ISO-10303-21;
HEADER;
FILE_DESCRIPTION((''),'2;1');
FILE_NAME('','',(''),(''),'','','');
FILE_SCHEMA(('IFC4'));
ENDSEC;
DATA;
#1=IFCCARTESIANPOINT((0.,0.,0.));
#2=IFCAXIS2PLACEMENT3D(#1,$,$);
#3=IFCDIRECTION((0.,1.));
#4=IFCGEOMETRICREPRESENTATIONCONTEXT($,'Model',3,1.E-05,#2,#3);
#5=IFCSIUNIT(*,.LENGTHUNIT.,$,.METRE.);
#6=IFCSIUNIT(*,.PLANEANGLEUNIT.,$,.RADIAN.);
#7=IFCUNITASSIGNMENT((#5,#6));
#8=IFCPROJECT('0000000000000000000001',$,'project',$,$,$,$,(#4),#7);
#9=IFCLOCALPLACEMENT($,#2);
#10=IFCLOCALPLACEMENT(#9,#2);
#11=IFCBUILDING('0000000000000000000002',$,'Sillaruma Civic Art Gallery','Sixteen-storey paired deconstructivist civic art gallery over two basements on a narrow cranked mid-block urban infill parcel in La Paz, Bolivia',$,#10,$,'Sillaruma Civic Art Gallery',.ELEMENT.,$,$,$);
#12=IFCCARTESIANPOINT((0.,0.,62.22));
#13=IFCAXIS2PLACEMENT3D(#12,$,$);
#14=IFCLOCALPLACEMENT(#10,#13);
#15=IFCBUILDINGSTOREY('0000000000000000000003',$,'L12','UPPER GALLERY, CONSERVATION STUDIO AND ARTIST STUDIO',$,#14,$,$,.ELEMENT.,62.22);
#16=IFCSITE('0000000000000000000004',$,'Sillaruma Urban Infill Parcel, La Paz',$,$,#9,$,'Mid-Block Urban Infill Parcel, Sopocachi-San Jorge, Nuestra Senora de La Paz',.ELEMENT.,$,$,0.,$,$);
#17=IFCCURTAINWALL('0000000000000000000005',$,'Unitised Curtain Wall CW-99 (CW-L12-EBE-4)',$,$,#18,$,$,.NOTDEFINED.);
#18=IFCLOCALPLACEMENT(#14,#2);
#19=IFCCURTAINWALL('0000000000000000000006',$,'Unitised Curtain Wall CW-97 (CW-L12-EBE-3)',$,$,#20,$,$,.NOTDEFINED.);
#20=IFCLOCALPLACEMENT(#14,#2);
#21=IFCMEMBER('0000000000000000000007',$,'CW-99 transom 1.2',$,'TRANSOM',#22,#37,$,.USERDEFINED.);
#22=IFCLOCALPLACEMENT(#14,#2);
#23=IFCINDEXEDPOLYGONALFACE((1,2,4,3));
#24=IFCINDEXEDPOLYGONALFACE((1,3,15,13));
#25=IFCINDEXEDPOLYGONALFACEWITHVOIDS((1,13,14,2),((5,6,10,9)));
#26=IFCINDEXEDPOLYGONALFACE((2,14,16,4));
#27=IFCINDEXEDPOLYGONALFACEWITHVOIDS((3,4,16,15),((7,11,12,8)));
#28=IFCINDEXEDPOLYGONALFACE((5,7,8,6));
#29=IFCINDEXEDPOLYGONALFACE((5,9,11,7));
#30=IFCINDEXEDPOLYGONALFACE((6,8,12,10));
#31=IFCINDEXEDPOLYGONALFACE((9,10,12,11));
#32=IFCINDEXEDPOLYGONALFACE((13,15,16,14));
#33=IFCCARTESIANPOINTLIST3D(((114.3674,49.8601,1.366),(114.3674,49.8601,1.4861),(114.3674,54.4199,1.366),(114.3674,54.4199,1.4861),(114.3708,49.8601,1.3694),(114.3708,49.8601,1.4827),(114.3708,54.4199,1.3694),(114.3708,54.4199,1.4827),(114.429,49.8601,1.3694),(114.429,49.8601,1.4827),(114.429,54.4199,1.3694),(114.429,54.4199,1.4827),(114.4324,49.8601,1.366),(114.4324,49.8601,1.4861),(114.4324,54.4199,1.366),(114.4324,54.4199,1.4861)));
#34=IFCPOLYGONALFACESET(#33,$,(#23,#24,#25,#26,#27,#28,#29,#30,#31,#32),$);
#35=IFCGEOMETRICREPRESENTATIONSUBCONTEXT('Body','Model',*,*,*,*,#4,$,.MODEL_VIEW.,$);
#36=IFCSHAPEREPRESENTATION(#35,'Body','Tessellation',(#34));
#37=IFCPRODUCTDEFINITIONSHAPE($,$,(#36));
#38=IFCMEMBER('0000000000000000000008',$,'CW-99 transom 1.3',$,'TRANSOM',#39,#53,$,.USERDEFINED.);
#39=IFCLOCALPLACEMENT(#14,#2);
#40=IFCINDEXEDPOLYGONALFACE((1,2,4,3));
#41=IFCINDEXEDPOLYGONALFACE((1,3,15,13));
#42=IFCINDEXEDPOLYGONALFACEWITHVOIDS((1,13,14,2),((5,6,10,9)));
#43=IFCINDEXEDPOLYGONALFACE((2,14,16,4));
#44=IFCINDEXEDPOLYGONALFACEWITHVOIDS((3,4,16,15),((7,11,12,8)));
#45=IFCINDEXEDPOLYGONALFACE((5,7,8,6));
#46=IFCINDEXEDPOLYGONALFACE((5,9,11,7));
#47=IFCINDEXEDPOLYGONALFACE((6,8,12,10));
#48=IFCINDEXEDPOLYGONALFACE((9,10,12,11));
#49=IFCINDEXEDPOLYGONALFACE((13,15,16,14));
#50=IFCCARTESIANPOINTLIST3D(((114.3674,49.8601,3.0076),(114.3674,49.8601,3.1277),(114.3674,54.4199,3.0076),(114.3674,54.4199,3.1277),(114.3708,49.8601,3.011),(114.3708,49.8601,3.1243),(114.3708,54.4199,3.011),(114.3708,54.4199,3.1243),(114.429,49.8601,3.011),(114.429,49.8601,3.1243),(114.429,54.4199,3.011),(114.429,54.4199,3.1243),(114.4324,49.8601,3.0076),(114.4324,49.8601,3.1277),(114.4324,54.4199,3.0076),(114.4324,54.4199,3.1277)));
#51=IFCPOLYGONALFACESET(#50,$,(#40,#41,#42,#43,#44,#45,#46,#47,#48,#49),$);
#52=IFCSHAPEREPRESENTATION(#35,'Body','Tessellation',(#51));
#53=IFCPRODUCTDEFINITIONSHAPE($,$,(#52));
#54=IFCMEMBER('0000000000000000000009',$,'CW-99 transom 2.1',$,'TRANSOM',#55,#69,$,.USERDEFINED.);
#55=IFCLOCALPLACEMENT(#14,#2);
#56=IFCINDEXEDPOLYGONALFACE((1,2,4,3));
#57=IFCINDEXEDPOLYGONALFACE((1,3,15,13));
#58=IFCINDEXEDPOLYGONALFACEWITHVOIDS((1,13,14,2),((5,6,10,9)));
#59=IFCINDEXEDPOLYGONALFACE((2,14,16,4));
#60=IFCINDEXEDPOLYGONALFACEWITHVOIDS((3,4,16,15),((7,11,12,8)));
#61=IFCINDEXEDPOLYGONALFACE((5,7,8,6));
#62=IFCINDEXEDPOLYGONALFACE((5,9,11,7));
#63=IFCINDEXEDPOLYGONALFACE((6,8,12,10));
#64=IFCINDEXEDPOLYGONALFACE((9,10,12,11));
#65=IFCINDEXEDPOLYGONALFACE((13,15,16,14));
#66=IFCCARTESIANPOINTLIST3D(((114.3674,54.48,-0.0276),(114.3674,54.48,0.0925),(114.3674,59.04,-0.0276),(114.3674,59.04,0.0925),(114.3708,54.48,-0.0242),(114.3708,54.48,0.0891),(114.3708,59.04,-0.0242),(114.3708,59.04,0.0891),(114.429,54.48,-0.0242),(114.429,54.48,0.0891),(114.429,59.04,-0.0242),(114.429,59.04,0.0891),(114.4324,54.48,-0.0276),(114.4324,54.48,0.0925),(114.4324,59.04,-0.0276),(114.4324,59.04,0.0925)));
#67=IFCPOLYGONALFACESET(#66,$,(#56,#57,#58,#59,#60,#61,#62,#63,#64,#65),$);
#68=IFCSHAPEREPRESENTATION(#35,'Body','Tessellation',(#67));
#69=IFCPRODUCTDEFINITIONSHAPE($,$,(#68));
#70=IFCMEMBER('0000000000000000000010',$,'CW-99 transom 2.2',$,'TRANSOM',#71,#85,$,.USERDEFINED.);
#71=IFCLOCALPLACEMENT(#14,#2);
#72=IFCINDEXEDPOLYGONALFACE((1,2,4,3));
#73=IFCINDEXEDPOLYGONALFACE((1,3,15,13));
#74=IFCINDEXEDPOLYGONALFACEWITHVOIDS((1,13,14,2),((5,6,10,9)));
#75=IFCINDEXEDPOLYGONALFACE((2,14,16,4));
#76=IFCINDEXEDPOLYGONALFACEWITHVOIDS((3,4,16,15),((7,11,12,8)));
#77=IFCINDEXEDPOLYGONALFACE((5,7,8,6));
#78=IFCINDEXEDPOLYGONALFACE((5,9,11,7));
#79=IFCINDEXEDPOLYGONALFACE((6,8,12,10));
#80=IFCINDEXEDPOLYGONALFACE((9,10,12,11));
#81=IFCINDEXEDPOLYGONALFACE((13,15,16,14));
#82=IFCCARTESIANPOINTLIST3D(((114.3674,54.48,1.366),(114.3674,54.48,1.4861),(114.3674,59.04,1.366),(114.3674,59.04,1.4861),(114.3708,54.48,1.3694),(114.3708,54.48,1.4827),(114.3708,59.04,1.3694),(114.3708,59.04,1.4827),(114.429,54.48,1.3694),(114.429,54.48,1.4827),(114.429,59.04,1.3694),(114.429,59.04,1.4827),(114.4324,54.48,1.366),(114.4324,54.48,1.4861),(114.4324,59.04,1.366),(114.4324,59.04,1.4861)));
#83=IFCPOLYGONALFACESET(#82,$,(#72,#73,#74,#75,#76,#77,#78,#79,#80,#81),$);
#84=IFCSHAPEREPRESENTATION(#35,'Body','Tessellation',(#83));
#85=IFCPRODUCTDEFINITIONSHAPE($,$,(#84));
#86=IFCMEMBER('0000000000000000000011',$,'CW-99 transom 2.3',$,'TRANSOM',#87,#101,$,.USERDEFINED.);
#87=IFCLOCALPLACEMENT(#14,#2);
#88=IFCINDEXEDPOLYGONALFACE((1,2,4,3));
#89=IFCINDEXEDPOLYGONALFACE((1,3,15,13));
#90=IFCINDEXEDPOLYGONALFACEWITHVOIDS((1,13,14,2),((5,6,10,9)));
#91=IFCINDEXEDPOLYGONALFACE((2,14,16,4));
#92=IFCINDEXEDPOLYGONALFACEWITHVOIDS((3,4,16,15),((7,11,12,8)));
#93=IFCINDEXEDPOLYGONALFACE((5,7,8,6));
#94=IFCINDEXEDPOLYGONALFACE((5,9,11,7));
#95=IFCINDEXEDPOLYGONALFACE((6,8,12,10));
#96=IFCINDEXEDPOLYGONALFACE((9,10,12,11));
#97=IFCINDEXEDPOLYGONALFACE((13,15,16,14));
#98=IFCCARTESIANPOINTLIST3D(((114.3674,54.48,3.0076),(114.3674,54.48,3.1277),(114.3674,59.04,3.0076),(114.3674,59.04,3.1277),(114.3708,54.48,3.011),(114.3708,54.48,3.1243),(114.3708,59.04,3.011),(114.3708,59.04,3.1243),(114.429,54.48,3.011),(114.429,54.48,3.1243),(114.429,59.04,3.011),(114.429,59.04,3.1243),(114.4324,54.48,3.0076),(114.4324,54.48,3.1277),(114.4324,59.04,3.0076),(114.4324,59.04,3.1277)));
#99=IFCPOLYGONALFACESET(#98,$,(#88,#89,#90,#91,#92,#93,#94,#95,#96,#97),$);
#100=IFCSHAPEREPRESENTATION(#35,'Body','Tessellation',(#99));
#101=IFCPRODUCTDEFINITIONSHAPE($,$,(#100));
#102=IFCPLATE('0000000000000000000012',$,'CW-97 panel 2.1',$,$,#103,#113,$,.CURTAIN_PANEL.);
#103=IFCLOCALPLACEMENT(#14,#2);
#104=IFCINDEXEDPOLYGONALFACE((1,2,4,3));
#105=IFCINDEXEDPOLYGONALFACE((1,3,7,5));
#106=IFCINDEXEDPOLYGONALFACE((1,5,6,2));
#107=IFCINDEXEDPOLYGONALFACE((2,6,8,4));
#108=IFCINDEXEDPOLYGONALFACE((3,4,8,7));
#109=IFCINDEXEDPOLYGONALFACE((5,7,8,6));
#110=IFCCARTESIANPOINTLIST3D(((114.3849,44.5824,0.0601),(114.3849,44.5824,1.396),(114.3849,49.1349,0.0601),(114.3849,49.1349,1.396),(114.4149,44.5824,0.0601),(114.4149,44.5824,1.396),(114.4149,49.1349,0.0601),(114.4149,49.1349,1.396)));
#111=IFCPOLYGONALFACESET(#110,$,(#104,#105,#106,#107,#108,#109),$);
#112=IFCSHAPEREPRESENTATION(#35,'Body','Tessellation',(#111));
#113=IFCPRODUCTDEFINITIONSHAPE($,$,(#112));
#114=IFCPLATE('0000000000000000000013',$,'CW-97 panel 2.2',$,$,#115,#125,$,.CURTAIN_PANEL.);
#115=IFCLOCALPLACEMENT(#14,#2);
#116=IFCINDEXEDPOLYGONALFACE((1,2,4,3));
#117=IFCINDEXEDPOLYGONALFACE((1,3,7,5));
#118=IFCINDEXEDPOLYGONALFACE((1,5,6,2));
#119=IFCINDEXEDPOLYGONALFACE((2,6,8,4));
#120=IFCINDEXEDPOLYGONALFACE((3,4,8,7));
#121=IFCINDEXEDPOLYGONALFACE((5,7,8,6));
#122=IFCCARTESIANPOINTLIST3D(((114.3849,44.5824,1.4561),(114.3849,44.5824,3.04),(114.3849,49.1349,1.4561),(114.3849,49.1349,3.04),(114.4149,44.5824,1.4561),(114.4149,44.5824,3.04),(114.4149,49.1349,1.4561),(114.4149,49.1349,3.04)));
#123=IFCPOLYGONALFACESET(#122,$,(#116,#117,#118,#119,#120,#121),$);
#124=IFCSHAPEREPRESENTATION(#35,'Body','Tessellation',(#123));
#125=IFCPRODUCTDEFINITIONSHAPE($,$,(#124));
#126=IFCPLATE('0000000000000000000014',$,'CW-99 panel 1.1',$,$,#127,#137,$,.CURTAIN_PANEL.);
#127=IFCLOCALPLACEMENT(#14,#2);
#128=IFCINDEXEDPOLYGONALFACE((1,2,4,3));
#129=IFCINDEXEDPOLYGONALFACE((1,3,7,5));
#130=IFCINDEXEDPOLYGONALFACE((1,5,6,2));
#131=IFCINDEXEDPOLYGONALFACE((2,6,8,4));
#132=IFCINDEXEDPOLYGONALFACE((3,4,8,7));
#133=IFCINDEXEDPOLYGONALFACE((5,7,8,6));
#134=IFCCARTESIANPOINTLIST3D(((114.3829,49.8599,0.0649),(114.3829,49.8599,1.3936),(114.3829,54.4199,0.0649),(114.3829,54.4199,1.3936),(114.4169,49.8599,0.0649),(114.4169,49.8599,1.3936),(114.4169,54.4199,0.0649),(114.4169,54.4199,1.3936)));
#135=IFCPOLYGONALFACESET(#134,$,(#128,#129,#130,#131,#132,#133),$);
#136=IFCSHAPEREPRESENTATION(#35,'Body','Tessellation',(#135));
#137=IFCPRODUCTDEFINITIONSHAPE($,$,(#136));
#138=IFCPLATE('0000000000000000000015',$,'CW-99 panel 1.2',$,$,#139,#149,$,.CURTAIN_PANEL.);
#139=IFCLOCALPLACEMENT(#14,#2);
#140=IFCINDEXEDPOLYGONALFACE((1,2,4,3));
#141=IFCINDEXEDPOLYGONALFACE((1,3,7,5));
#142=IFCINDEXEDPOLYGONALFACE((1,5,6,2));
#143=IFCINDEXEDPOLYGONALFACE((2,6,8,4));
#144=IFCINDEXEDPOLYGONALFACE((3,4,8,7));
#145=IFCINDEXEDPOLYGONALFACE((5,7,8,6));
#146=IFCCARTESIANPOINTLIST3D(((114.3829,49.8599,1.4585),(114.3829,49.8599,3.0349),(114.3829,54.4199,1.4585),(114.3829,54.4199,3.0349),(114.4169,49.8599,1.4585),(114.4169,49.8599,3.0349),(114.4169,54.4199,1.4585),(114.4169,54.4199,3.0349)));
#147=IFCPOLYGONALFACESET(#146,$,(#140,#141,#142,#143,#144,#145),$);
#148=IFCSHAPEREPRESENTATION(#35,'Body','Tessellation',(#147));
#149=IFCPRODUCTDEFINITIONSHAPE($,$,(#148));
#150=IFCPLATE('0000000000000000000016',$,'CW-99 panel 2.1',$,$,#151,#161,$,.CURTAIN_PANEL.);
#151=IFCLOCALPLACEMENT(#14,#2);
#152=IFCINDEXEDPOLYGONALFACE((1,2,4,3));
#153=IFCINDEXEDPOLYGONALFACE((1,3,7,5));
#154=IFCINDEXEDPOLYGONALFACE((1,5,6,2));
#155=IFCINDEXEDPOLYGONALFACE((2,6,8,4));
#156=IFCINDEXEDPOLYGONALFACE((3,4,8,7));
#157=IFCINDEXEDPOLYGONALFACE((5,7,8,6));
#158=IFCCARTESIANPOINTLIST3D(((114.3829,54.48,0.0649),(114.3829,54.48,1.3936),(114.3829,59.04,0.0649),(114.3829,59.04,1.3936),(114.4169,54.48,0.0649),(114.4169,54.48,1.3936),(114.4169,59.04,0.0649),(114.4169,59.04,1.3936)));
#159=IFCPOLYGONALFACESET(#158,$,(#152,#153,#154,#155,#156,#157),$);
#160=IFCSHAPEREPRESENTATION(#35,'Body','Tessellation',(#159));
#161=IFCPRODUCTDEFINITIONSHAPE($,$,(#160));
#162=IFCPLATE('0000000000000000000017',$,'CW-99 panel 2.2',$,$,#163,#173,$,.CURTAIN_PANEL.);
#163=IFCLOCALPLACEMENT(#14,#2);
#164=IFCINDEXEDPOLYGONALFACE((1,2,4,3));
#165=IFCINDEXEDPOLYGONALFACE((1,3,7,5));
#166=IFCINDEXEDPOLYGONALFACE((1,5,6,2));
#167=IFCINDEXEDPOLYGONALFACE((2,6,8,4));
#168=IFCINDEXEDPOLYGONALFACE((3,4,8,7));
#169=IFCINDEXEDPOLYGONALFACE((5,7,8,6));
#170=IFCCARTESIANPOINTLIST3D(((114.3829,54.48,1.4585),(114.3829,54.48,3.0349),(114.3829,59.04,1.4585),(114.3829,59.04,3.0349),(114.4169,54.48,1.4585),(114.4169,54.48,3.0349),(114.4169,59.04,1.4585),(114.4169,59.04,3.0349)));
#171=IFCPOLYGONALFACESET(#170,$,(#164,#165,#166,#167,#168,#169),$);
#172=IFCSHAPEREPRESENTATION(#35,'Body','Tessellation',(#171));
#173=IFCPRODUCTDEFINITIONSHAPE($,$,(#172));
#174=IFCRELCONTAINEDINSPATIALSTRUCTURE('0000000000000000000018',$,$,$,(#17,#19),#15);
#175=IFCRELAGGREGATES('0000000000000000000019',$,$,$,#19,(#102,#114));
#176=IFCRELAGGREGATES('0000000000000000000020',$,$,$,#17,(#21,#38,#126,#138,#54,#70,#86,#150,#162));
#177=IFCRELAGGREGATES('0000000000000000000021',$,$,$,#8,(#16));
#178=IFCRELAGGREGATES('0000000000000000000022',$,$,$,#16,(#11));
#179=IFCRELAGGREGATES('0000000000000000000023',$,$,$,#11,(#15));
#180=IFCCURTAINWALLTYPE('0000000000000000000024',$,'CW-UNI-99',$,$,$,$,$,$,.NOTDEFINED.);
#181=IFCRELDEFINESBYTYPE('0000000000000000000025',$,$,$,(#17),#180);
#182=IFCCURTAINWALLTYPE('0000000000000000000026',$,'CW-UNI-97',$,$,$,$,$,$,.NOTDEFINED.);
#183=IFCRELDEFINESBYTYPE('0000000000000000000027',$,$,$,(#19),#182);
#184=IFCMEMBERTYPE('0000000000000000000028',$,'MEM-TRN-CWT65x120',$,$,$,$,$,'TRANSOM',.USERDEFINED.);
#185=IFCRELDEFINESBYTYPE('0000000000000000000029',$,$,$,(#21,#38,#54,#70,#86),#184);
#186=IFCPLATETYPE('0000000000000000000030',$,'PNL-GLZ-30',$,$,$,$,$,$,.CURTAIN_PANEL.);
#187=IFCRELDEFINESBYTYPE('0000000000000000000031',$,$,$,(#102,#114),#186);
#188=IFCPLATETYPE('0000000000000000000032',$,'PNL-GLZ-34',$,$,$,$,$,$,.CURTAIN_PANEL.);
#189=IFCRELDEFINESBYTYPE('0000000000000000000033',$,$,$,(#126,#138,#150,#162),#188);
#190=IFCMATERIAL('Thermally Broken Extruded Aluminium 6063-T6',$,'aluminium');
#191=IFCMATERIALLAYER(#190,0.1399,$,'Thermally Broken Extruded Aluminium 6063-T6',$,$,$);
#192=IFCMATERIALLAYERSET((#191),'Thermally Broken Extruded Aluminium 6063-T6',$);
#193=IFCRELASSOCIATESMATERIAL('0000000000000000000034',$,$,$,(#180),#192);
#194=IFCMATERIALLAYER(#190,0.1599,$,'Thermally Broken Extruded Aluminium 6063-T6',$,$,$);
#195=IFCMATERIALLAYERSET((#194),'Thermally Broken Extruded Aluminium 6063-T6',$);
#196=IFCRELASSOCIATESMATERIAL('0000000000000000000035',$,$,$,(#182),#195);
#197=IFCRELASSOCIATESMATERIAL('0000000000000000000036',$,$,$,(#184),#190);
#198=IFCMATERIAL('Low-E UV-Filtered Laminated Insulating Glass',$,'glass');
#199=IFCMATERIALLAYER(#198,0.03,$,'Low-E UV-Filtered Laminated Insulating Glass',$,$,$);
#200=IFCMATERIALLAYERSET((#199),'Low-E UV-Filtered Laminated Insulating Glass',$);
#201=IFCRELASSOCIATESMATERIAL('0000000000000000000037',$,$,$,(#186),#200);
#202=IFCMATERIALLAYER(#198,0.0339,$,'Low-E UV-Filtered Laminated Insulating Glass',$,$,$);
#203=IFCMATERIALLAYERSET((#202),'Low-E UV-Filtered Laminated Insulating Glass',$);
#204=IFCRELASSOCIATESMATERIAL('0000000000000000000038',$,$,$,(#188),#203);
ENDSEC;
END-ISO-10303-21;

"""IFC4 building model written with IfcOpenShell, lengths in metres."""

from ifc_helpers import new_model, si_unit, direction, frame, origin, origin_2d, place, context, subcontext, project, spatial, rectangle, hollow_rectangle, extrude, material, layer, layer_set, material_profile, profile_set, type_object, element, aggregate, save


model = new_model("IFC4")

# Units and contexts
model_context = context("Model", 3, precision=1e-05, world=origin(), true_north=direction((0.0, 1.0)))
body_context = subcontext(model_context, "Body", "Model", "MODEL_VIEW")
ifc_project = project(units=[si_unit("LENGTHUNIT", "METRE"), si_unit("PLANEANGLEUNIT", "RADIAN")], contexts=[model_context])

# Site, building, storey
site_placement = place(None, origin())
site = spatial("IfcSite", under=ifc_project, at=site_placement, Name="Sillaruma Urban Infill Parcel, La Paz", LongName="Mid-Block Urban Infill Parcel, Sopocachi-San Jorge, Nuestra Senora de La Paz", CompositionType="ELEMENT", RefElevation=0.0)
building_placement = place(site_placement, origin())
building = spatial("IfcBuilding", under=site, at=building_placement, Name="Sillaruma Civic Art Gallery", Description="Sixteen-storey paired deconstructivist civic art gallery over two basements on a narrow cranked mid-block urban infill parcel in La Paz, Bolivia", LongName="Sillaruma Civic Art Gallery", CompositionType="ELEMENT")
storey_placement = place(building_placement, frame((0.0, 0.0, 62.22)))
storey = spatial("IfcBuildingStorey", under=building, at=storey_placement, Name="L12", Description="UPPER GALLERY, CONSERVATION STUDIO AND ARTIST STUDIO", CompositionType="ELEMENT", Elevation=62.22)

# Curtain walls
ifc_material_1 = material(Name="Thermally Broken Extruded Aluminium 6063-T6", Category="aluminium")
ifc_layer_1 = layer(ifc_material_1, 0.1399, Name="Thermally Broken Extruded Aluminium 6063-T6")
ifc_layer_set_1 = layer_set([ifc_layer_1], Name="Thermally Broken Extruded Aluminium 6063-T6")
curtain_wall_type_1 = type_object("IfcCurtainWallType", Name="CW-UNI-99", PredefinedType="NOTDEFINED", material=ifc_layer_set_1)
curtain_wall_1_placement = place(storey_placement, origin())
curtain_wall_1 = element("IfcCurtainWall", 1, at=curtain_wall_1_placement, inside=storey, type_object=curtain_wall_type_1, Name="Unitised Curtain Wall CW-99 (CW-L12-EBE-4)", PredefinedType="NOTDEFINED")
ifc_layer_2 = layer(ifc_material_1, 0.1599, Name="Thermally Broken Extruded Aluminium 6063-T6")
ifc_layer_set_2 = layer_set([ifc_layer_2], Name="Thermally Broken Extruded Aluminium 6063-T6")
curtain_wall_type_2 = type_object("IfcCurtainWallType", Name="CW-UNI-97", PredefinedType="NOTDEFINED", material=ifc_layer_set_2)
curtain_wall_2_placement = place(storey_placement, origin())
curtain_wall_2 = element("IfcCurtainWall", 2, at=curtain_wall_2_placement, inside=storey, type_object=curtain_wall_type_2, Name="Unitised Curtain Wall CW-97 (CW-L12-EBE-3)", PredefinedType="NOTDEFINED")

# Members
ifc_material_profile_1 = material_profile(ifc_material_1, hollow_rectangle(XDim=0.0649, YDim=0.1201, WallThickness=0.0034, at=origin_2d()), Name="CWT65x120")
ifc_profile_set_1 = profile_set([ifc_material_profile_1], Name="Thermally Broken Extruded Aluminium 6063-T6")
member_type_1 = type_object("IfcMemberType", Name="MEM-TRN-CWT65x120", ElementType="TRANSOM", PredefinedType="USERDEFINED", material=ifc_profile_set_1)
member_1_placement = place(storey_placement, frame((114.3999, 49.8601, 1.426), z_axis=(0.0, 1.0, 0.0), x_axis=(-1.0, 0.0, 0.0)))
member_1 = element("IfcMember", 3, at=member_1_placement, type_object=member_type_1, Name="CW-99 transom 1.2", ObjectType="TRANSOM", PredefinedType="USERDEFINED", context=body_context, shape_type="SweptSolid", body=[
    extrude(hollow_rectangle(XDim=0.0649, YDim=0.1201, WallThickness=0.0034, at=origin_2d()), origin(), (0.0, 0.0, 1.0), 4.5598),
])
member_2_placement = place(storey_placement, frame((114.3999, 49.8601, 3.0676), z_axis=(0.0, 1.0, 0.0), x_axis=(-1.0, 0.0, 0.0)))
member_2 = element("IfcMember", 4, at=member_2_placement, type_object=member_type_1, Name="CW-99 transom 1.3", ObjectType="TRANSOM", PredefinedType="USERDEFINED", context=body_context, shape_type="SweptSolid", body=[
    extrude(hollow_rectangle(XDim=0.0649, YDim=0.1201, WallThickness=0.0034, at=origin_2d()), origin(), (0.0, 0.0, 1.0), 4.5598),
])
member_3_placement = place(storey_placement, frame((114.3999, 54.48, 0.0325), z_axis=(0.0, 1.0, 0.0), x_axis=(-1.0, 0.0, 0.0)))
member_3 = element("IfcMember", 5, at=member_3_placement, type_object=member_type_1, Name="CW-99 transom 2.1", ObjectType="TRANSOM", PredefinedType="USERDEFINED", context=body_context, shape_type="SweptSolid", body=[
    extrude(hollow_rectangle(XDim=0.0649, YDim=0.1201, WallThickness=0.0034, at=origin_2d()), origin(), (0.0, 0.0, 1.0), 4.5601),
])
member_4_placement = place(storey_placement, frame((114.3999, 54.48, 1.426), z_axis=(0.0, 1.0, 0.0), x_axis=(-1.0, 0.0, 0.0)))
member_4 = element("IfcMember", 6, at=member_4_placement, type_object=member_type_1, Name="CW-99 transom 2.2", ObjectType="TRANSOM", PredefinedType="USERDEFINED", context=body_context, shape_type="SweptSolid", body=[
    extrude(hollow_rectangle(XDim=0.0649, YDim=0.1201, WallThickness=0.0034, at=origin_2d()), origin(), (0.0, 0.0, 1.0), 4.5601),
])
member_5_placement = place(storey_placement, frame((114.3999, 54.48, 3.0676), z_axis=(0.0, 1.0, 0.0), x_axis=(-1.0, 0.0, 0.0)))
member_5 = element("IfcMember", 7, at=member_5_placement, type_object=member_type_1, Name="CW-99 transom 2.3", ObjectType="TRANSOM", PredefinedType="USERDEFINED", context=body_context, shape_type="SweptSolid", body=[
    extrude(hollow_rectangle(XDim=0.0649, YDim=0.1201, WallThickness=0.0034, at=origin_2d()), origin(), (0.0, 0.0, 1.0), 4.5601),
])

# Plates
ifc_material_2 = material(Name="Low-E UV-Filtered Laminated Insulating Glass", Category="glass")
ifc_layer_3 = layer(ifc_material_2, 0.03, Name="Low-E UV-Filtered Laminated Insulating Glass")
ifc_layer_set_3 = layer_set([ifc_layer_3], Name="Low-E UV-Filtered Laminated Insulating Glass")
plate_type_1 = type_object("IfcPlateType", Name="PNL-GLZ-30", PredefinedType="CURTAIN_PANEL", material=ifc_layer_set_3)
plate_1_placement = place(storey_placement, frame((114.3999, 46.8586, 0.0601), z_axis=(0.0, 0.0, 1.0), x_axis=(0.0, 1.0, 0.0)))
plate_1 = element("IfcPlate", 8, at=plate_1_placement, type_object=plate_type_1, Name="CW-97 panel 2.1", PredefinedType="CURTAIN_PANEL", context=body_context, shape_type="SweptSolid", body=[
    extrude(rectangle(XDim=4.5525, YDim=0.03, at=origin_2d()), origin(), (0.0, 0.0, 1.0), 1.3359),
])
plate_2_placement = place(storey_placement, frame((114.3999, 46.8586, 1.4561), z_axis=(0.0, 0.0, 1.0), x_axis=(0.0, 1.0, 0.0)))
plate_2 = element("IfcPlate", 9, at=plate_2_placement, type_object=plate_type_1, Name="CW-97 panel 2.2", PredefinedType="CURTAIN_PANEL", context=body_context, shape_type="SweptSolid", body=[
    extrude(rectangle(XDim=4.5525, YDim=0.03, at=origin_2d()), origin(), (0.0, 0.0, 1.0), 1.584),
])
aggregate(curtain_wall_2, [plate_1, plate_2])
ifc_layer_4 = layer(ifc_material_2, 0.0339, Name="Low-E UV-Filtered Laminated Insulating Glass")
ifc_layer_set_4 = layer_set([ifc_layer_4], Name="Low-E UV-Filtered Laminated Insulating Glass")
plate_type_2 = type_object("IfcPlateType", Name="PNL-GLZ-34", PredefinedType="CURTAIN_PANEL", material=ifc_layer_set_4)
plate_3_placement = place(storey_placement, frame((114.3999, 52.1399, 0.0649), z_axis=(0.0, 0.0, 1.0), x_axis=(0.0, 1.0, 0.0)))
plate_3 = element("IfcPlate", 10, at=plate_3_placement, type_object=plate_type_2, Name="CW-99 panel 1.1", PredefinedType="CURTAIN_PANEL", context=body_context, shape_type="SweptSolid", body=[
    extrude(rectangle(XDim=4.5601, YDim=0.0339, at=origin_2d()), origin(), (0.0, 0.0, 1.0), 1.3286),
])
plate_4_placement = place(storey_placement, frame((114.3999, 52.1399, 1.4585), z_axis=(0.0, 0.0, 1.0), x_axis=(0.0, 1.0, 0.0)))
plate_4 = element("IfcPlate", 11, at=plate_4_placement, type_object=plate_type_2, Name="CW-99 panel 1.2", PredefinedType="CURTAIN_PANEL", context=body_context, shape_type="SweptSolid", body=[
    extrude(rectangle(XDim=4.5601, YDim=0.0339, at=origin_2d()), origin(), (0.0, 0.0, 1.0), 1.5764),
])
plate_5_placement = place(storey_placement, frame((114.3999, 56.76, 0.0649), z_axis=(0.0, 0.0, 1.0), x_axis=(0.0, 1.0, 0.0)))
plate_5 = element("IfcPlate", 12, at=plate_5_placement, type_object=plate_type_2, Name="CW-99 panel 2.1", PredefinedType="CURTAIN_PANEL", context=body_context, shape_type="SweptSolid", body=[
    extrude(rectangle(XDim=4.5601, YDim=0.0339, at=origin_2d()), origin(), (0.0, 0.0, 1.0), 1.3286),
])
plate_6_placement = place(storey_placement, frame((114.3999, 56.76, 1.4585), z_axis=(0.0, 0.0, 1.0), x_axis=(0.0, 1.0, 0.0)))
plate_6 = element("IfcPlate", 13, at=plate_6_placement, type_object=plate_type_2, Name="CW-99 panel 2.2", PredefinedType="CURTAIN_PANEL", context=body_context, shape_type="SweptSolid", body=[
    extrude(rectangle(XDim=4.5601, YDim=0.0339, at=origin_2d()), origin(), (0.0, 0.0, 1.0), 1.5764),
])
aggregate(curtain_wall_1, [member_1, member_2, plate_3, plate_4, member_3, member_4, member_5, plate_5, plate_6])

save(model, "model.ifc")
